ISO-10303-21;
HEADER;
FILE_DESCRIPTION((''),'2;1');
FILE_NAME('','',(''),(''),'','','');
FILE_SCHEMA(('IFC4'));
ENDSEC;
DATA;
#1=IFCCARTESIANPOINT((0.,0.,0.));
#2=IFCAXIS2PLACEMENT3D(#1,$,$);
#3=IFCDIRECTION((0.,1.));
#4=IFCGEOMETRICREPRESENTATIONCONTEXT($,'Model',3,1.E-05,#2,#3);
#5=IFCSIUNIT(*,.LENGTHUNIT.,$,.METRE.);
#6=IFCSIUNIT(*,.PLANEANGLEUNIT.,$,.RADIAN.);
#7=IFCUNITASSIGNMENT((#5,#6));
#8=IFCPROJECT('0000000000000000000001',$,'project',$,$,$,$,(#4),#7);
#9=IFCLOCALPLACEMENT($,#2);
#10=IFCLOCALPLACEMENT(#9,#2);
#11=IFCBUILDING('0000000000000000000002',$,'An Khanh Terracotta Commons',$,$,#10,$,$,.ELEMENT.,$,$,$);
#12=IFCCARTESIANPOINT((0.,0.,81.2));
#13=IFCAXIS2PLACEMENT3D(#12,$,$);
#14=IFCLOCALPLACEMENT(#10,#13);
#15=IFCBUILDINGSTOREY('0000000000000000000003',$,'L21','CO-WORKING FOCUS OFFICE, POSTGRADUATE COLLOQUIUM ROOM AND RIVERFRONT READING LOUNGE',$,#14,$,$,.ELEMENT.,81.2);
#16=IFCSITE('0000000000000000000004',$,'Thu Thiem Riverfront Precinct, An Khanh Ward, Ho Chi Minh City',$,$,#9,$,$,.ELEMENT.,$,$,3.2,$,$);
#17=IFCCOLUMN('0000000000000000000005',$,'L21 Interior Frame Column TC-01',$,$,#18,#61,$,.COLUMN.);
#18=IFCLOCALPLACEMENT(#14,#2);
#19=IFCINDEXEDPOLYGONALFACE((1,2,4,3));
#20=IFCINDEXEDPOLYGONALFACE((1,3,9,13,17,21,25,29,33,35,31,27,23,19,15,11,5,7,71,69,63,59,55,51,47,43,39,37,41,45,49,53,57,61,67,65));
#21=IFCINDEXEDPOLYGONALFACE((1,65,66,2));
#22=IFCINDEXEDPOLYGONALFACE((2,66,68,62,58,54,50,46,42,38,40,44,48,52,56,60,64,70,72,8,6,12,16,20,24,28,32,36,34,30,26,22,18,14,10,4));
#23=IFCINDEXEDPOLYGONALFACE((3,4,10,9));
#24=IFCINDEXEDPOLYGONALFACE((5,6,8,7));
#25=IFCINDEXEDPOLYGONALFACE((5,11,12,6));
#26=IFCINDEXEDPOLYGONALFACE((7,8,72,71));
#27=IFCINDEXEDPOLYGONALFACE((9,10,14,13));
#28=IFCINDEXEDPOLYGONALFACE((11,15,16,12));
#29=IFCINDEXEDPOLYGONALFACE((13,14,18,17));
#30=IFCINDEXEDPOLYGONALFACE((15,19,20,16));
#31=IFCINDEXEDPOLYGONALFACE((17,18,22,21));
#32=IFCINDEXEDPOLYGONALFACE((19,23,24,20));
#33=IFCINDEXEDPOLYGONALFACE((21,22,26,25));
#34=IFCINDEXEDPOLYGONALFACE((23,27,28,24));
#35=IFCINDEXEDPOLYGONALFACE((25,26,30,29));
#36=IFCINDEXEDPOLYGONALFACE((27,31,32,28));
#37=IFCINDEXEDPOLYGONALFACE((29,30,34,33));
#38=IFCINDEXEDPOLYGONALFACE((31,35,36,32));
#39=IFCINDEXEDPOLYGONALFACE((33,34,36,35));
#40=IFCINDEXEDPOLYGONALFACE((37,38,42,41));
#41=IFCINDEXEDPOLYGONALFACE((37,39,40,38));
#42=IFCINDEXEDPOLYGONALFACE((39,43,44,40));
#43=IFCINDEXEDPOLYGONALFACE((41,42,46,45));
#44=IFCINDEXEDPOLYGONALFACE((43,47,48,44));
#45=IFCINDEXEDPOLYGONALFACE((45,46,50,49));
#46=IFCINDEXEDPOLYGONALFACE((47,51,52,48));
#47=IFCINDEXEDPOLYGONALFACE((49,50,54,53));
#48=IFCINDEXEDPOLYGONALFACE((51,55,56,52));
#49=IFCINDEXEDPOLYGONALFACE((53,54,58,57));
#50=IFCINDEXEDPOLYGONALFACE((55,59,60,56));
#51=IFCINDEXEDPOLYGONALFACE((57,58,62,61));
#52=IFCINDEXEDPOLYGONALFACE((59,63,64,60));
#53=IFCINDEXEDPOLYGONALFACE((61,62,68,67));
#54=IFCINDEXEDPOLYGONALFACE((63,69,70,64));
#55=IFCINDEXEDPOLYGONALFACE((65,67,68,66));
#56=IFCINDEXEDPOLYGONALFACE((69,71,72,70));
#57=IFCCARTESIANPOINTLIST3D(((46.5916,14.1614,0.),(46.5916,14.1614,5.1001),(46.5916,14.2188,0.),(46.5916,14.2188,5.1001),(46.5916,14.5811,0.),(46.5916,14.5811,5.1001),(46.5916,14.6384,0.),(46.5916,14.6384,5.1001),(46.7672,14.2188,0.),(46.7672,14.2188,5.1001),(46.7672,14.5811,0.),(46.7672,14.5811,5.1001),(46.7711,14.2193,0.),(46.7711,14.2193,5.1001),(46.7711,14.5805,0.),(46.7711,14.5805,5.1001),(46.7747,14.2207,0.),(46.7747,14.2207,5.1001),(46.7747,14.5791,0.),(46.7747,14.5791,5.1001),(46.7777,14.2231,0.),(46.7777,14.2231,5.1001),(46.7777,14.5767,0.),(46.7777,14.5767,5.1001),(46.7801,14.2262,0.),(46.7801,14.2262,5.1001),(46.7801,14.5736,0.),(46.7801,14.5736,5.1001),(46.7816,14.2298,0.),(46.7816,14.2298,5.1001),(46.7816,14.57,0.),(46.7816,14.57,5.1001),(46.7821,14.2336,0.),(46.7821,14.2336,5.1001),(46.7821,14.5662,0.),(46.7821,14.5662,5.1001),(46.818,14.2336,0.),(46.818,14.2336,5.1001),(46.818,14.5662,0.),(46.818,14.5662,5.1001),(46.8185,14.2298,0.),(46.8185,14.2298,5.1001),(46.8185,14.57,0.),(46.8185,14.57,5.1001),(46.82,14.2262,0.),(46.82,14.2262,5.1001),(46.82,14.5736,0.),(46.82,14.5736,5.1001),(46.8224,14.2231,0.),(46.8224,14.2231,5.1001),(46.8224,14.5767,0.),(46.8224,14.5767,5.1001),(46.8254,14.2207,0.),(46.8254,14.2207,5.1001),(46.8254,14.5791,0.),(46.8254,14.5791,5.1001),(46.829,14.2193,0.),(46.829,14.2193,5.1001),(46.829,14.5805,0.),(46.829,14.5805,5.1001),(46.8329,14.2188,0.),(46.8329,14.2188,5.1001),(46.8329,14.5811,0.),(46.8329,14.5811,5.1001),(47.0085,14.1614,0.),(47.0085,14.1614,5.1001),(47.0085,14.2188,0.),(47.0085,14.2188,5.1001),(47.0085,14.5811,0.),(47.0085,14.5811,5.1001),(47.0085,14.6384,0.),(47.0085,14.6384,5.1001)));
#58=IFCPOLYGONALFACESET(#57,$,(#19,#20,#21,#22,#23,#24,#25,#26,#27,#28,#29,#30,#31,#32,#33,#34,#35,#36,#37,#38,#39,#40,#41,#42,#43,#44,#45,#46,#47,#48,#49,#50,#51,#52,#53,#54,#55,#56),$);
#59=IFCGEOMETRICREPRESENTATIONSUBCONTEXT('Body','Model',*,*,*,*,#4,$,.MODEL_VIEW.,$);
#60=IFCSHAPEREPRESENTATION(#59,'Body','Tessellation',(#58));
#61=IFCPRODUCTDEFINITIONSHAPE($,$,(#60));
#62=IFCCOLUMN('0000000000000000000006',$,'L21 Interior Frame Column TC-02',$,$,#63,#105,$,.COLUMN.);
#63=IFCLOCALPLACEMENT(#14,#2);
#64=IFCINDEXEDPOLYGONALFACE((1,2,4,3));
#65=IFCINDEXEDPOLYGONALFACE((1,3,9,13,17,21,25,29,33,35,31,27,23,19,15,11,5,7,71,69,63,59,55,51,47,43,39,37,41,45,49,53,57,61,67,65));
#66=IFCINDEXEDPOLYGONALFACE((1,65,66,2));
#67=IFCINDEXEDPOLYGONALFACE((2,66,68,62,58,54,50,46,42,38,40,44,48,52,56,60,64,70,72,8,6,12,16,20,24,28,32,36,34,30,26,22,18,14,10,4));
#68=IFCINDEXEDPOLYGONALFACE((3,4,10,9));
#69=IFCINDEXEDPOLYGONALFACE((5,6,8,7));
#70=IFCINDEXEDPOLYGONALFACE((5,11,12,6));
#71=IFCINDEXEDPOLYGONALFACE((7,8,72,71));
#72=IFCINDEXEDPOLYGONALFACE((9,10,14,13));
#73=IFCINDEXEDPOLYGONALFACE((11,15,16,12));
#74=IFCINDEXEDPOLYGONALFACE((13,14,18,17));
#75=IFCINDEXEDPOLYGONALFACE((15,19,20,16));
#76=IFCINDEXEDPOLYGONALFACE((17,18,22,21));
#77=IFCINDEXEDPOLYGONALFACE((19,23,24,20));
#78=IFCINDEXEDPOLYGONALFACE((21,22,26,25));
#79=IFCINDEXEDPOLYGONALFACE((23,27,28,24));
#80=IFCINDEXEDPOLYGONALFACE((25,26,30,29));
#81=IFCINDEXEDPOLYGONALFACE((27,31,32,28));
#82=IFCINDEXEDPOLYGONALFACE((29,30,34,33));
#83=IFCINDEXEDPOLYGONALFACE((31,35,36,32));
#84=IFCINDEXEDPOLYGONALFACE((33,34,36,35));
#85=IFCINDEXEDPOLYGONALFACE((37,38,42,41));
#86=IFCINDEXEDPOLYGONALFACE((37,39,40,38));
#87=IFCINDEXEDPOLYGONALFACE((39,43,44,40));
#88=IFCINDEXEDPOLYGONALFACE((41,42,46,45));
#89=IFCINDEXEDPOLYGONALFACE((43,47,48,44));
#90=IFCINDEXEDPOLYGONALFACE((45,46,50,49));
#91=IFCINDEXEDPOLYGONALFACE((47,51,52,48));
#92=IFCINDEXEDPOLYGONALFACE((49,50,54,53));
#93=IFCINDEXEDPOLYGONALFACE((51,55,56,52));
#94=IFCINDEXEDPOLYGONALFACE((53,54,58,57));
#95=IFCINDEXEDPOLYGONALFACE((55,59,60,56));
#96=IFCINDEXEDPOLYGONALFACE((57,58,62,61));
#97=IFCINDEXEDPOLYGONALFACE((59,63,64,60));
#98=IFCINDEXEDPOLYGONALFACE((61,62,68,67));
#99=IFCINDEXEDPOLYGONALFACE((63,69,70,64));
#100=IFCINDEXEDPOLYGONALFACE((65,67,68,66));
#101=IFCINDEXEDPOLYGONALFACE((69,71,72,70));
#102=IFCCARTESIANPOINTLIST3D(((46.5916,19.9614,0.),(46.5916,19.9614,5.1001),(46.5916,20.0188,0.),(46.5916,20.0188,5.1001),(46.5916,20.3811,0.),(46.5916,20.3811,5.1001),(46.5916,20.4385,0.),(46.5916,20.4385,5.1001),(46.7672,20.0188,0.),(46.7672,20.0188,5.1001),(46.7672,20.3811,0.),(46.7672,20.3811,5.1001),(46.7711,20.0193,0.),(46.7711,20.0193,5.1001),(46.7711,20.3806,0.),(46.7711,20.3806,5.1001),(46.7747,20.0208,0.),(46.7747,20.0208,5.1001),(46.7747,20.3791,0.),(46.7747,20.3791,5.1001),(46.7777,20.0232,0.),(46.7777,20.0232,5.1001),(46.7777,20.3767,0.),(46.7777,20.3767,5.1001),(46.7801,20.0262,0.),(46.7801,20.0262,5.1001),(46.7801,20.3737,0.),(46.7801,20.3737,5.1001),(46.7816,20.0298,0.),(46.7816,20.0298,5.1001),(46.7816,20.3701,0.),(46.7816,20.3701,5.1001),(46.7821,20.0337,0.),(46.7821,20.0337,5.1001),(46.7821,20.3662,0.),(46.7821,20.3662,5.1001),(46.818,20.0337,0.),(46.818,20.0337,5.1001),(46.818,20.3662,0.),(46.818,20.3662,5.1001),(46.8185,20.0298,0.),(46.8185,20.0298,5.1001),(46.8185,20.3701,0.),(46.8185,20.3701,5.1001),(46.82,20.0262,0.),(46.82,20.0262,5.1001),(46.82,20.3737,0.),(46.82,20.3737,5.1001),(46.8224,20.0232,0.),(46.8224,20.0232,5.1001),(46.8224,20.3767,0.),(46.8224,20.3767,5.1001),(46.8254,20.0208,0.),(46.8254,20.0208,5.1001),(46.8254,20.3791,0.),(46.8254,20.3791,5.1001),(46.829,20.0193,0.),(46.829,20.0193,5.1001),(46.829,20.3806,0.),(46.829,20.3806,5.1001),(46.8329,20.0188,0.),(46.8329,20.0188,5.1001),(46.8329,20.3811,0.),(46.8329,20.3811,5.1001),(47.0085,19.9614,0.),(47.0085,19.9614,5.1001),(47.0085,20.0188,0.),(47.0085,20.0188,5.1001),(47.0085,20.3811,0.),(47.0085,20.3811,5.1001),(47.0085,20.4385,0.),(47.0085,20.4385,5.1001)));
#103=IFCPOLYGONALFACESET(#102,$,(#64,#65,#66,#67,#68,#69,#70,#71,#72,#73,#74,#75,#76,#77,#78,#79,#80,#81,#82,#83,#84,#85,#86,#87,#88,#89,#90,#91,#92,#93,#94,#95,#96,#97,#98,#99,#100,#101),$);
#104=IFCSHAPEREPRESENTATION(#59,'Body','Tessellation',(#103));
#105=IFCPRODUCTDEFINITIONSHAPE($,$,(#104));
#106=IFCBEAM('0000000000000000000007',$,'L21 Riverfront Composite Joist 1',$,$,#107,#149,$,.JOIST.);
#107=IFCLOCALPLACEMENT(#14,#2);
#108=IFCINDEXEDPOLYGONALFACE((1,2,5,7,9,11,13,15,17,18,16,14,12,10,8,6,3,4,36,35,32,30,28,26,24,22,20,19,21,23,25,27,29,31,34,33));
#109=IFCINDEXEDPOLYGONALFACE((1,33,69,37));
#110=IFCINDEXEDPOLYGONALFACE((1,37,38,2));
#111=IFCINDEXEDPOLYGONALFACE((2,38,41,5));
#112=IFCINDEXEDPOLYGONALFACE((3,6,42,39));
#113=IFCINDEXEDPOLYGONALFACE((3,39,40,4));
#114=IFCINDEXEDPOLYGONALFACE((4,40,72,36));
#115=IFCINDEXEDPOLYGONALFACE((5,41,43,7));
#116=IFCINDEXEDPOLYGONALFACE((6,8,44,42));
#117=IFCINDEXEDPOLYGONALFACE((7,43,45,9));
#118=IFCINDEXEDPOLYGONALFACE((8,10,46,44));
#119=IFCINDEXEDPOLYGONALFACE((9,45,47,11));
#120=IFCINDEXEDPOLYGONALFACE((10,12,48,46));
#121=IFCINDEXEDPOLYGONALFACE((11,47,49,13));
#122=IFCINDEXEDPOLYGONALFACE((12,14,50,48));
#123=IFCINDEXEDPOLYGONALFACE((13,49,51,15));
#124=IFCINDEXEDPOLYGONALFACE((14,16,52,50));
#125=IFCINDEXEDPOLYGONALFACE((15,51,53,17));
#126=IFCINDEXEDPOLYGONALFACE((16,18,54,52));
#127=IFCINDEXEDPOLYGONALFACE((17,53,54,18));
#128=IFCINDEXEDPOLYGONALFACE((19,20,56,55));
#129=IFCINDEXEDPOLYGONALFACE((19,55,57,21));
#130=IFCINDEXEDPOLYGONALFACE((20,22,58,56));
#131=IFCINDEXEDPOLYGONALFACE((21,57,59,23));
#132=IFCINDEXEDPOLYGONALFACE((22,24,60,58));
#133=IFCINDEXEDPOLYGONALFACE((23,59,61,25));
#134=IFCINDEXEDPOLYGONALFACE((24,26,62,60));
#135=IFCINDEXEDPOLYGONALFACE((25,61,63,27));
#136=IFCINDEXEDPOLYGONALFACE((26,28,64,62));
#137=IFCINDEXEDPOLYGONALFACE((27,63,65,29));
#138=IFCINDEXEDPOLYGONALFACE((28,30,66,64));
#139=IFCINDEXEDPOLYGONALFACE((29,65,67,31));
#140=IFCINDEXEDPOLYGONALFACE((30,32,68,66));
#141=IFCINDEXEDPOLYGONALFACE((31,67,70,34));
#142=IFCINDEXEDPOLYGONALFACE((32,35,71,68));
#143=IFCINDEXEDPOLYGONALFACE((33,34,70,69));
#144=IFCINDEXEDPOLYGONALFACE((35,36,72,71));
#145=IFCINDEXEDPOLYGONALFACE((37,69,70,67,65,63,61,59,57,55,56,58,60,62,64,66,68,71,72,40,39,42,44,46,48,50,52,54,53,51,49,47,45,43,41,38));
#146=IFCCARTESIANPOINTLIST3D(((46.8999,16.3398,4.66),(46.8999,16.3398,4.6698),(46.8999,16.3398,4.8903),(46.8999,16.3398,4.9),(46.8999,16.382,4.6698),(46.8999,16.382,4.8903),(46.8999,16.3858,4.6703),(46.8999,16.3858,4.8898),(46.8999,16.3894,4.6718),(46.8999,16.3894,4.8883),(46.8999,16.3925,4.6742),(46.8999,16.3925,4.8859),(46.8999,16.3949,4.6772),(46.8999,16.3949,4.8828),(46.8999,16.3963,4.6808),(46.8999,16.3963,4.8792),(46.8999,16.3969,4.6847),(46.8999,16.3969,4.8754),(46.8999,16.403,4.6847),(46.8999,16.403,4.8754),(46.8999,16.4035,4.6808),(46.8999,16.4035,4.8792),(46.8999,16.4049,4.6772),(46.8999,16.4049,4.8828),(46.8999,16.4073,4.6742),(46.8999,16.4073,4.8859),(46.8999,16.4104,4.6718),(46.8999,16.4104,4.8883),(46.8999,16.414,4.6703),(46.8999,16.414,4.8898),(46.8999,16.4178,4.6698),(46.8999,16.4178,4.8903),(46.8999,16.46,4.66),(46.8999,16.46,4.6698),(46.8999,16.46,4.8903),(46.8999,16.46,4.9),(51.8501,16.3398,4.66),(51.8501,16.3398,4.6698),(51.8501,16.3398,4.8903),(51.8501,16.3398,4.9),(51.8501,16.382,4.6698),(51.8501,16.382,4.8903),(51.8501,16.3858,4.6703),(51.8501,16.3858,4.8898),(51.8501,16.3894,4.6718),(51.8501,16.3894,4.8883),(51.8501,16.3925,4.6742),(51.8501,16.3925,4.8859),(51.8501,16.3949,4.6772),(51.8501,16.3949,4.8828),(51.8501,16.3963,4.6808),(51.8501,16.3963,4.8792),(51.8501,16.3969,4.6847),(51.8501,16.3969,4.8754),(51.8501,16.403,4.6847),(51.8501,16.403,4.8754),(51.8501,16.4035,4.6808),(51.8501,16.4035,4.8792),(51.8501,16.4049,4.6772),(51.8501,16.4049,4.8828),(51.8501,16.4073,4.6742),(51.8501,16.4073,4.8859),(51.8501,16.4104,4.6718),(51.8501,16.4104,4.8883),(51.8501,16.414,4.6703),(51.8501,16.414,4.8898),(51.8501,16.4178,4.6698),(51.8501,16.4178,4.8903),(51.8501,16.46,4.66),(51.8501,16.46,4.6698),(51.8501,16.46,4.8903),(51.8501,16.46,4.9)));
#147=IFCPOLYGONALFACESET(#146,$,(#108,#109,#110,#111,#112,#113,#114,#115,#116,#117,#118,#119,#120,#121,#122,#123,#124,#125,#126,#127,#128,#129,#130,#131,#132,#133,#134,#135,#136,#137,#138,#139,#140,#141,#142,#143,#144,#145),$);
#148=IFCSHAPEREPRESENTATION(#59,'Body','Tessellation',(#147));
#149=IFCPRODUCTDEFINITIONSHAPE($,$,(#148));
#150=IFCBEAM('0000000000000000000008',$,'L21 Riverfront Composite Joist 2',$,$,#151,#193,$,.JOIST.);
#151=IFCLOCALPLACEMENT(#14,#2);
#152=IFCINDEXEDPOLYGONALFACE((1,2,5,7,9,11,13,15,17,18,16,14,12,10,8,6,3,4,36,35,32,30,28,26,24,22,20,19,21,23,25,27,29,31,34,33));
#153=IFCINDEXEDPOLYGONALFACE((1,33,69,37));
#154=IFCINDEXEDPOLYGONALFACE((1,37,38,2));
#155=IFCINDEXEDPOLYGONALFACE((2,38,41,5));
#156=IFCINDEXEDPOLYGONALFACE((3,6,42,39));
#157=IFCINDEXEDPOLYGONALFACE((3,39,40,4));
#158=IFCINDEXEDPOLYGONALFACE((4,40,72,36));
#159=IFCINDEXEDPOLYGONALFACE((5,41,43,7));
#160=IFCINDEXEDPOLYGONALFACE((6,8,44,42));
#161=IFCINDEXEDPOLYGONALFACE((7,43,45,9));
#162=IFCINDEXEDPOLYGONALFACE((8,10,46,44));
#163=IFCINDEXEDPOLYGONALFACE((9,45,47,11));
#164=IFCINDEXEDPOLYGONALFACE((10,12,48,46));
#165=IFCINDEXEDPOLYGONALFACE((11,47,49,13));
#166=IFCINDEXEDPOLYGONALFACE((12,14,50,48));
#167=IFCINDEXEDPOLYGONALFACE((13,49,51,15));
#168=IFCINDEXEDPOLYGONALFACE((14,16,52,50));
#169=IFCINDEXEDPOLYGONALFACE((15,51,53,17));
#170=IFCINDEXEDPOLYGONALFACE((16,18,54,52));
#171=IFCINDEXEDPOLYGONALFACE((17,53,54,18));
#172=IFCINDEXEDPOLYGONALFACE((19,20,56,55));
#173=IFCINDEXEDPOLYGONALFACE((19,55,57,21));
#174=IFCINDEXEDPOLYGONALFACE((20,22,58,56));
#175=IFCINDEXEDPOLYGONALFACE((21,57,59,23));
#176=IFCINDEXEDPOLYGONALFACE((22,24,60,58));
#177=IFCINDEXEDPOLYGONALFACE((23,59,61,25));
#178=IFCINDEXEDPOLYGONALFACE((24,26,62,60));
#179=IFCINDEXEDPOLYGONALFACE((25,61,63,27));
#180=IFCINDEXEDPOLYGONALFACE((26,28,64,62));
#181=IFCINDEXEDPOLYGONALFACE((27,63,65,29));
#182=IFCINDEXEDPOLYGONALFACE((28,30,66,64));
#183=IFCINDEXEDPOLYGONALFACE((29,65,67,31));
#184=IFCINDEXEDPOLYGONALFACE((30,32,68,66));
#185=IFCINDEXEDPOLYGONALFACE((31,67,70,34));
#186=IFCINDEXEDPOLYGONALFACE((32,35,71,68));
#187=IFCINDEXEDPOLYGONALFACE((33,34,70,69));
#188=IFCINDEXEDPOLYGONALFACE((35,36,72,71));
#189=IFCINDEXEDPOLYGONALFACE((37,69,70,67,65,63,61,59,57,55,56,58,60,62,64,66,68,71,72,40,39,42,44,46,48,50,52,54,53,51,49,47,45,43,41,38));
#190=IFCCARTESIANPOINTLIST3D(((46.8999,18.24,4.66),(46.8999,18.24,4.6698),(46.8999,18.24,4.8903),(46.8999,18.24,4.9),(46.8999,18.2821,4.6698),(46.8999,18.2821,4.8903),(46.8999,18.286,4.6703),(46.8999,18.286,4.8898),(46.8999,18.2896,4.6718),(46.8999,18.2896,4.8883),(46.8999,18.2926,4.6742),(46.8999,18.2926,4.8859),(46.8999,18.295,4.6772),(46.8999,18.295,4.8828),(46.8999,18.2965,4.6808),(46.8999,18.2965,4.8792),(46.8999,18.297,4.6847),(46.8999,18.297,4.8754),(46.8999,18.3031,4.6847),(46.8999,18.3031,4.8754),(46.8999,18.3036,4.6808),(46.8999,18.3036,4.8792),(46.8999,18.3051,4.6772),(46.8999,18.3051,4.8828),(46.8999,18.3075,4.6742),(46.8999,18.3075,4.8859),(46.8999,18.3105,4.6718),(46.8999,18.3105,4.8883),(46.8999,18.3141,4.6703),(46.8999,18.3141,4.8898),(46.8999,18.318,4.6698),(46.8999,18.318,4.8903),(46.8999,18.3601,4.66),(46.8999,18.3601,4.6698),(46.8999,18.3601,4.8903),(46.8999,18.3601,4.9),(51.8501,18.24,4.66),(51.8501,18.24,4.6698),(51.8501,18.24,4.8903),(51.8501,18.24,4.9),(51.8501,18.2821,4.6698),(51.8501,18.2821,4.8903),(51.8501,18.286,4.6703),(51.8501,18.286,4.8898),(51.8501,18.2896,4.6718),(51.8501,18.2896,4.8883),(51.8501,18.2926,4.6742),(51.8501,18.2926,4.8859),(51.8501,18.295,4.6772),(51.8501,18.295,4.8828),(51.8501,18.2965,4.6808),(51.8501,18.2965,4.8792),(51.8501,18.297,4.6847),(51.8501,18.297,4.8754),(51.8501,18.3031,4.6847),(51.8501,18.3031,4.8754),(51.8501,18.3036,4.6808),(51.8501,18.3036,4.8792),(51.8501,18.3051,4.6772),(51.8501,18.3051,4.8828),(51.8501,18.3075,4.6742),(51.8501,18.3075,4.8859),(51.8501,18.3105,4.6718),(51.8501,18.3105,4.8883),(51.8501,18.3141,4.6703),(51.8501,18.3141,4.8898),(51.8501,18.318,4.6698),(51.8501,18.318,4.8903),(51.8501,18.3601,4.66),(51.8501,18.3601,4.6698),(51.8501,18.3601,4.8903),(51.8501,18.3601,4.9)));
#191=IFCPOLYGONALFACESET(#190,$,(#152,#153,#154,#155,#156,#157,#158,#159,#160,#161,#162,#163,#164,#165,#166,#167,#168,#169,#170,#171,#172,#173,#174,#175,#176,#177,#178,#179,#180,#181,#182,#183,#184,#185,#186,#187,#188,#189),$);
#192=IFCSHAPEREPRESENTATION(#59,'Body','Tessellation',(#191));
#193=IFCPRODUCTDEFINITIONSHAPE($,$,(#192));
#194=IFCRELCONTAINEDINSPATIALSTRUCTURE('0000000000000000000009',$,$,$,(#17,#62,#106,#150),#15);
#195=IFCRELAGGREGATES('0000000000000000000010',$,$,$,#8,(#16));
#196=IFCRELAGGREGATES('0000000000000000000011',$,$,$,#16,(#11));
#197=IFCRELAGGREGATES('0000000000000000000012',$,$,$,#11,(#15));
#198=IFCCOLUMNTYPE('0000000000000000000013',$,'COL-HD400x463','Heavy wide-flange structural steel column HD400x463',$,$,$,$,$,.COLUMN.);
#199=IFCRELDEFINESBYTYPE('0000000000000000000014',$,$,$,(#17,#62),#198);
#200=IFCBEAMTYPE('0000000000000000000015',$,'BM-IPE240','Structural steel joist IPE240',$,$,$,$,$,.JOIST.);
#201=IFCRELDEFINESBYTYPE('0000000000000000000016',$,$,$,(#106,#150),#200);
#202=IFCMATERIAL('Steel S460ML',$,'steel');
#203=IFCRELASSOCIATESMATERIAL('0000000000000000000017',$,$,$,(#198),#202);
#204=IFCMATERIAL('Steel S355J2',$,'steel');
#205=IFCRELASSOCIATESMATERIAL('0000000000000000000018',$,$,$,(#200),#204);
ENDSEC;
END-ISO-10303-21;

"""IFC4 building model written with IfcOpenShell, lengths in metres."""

from ifc_helpers import new_model, si_unit, direction, frame, origin, origin_2d, place, context, subcontext, project, spatial, i_section, extrude, material, material_profile, profile_set, type_object, element, save


model = new_model("IFC4")

# Units and contexts
model_context = context("Model", 3, precision=1e-05, world=origin(), true_north=direction((0.0, 1.0)))
body_context = subcontext(model_context, "Body", "Model", "MODEL_VIEW")
ifc_project = project(units=[si_unit("LENGTHUNIT", "METRE"), si_unit("PLANEANGLEUNIT", "RADIAN")], contexts=[model_context])

# Site, building, storey
site_placement = place(None, origin())
site = spatial("IfcSite", under=ifc_project, at=site_placement, Name="Thu Thiem Riverfront Precinct, An Khanh Ward, Ho Chi Minh City", CompositionType="ELEMENT", RefElevation=3.2)
building_placement = place(site_placement, origin())
building = spatial("IfcBuilding", under=site, at=building_placement, Name="An Khanh Terracotta Commons", CompositionType="ELEMENT")
storey_placement = place(building_placement, frame((0.0, 0.0, 81.2)))
storey = spatial("IfcBuildingStorey", under=building, at=storey_placement, Name="L21", Description="CO-WORKING FOCUS OFFICE, POSTGRADUATE COLLOQUIUM ROOM AND RIVERFRONT READING LOUNGE", CompositionType="ELEMENT", Elevation=81.2)

# Columns
ifc_material_1 = material(Name="Steel S460ML", Category="steel")
ifc_material_profile_1 = material_profile(ifc_material_1, i_section(OverallWidth=0.417, OverallDepth=0.4771, WebThickness=0.0359, FlangeThickness=0.0574, FilletRadius=0.0149, at=origin_2d()), Name="HD400x463")
ifc_profile_set_1 = profile_set([ifc_material_profile_1], Name="Steel S460ML")
column_type = type_object("IfcColumnType", Name="COL-HD400x463", Description="Heavy wide-flange structural steel column HD400x463", PredefinedType="COLUMN", material=ifc_profile_set_1)
for number, where, z_axis, x_axis, name in (
    (1, (46.8, 14.3999, 0.0), (0.0, 0.0, 1.0), (1.0, 0.0, 0.0), "L21 Interior Frame Column TC-01"),
    (2, (46.8, 20.2, 0.0), (0.0, 0.0, 1.0), (1.0, 0.0, 0.0), "L21 Interior Frame Column TC-02"),
):
    element("IfcColumn", number, at=place(storey_placement, frame(where, z_axis=z_axis, x_axis=x_axis)), inside=storey, type_object=column_type, Name=name, PredefinedType="COLUMN", context=body_context, shape_type="SweptSolid", body=[
        extrude(i_section(OverallWidth=0.417, OverallDepth=0.4771, WebThickness=0.0359, FlangeThickness=0.0574, FilletRadius=0.0149, at=origin_2d()), origin(), (0.0, 0.0, 1.0), 5.1001),
    ])

# Beams
ifc_material_2 = material(Name="Steel S355J2", Category="steel")
ifc_material_profile_2 = material_profile(ifc_material_2, i_section(OverallWidth=0.1201, OverallDepth=0.24, WebThickness=0.0061, FlangeThickness=0.0098, FilletRadius=0.0149, at=origin_2d()), Name="IPE240")
ifc_profile_set_2 = profile_set([ifc_material_profile_2], Name="Steel S355J2")
beam_type_1 = type_object("IfcBeamType", Name="BM-IPE240", Description="Structural steel joist IPE240", PredefinedType="JOIST", material=ifc_profile_set_2)
for number, where, z_axis, x_axis, name in (
    (3, (46.8999, 16.3999, 4.78), (1.0, 0.0, 0.0), (0.0, 1.0, 0.0), "L21 Riverfront Composite Joist 1"),
    (4, (46.8999, 18.3, 4.78), (1.0, 0.0, 0.0), (0.0, 1.0, 0.0), "L21 Riverfront Composite Joist 2"),
):
    element("IfcBeam", number, at=place(storey_placement, frame(where, z_axis=z_axis, x_axis=x_axis)), inside=storey, type_object=beam_type_1, Name=name, PredefinedType="JOIST", context=body_context, shape_type="SweptSolid", body=[
        extrude(i_section(OverallWidth=0.1201, OverallDepth=0.24, WebThickness=0.0061, FlangeThickness=0.0098, FilletRadius=0.0149, at=origin_2d()), origin(), (0.0, 0.0, 1.0), 4.9502),
    ])

save(model, "model.ifc")
